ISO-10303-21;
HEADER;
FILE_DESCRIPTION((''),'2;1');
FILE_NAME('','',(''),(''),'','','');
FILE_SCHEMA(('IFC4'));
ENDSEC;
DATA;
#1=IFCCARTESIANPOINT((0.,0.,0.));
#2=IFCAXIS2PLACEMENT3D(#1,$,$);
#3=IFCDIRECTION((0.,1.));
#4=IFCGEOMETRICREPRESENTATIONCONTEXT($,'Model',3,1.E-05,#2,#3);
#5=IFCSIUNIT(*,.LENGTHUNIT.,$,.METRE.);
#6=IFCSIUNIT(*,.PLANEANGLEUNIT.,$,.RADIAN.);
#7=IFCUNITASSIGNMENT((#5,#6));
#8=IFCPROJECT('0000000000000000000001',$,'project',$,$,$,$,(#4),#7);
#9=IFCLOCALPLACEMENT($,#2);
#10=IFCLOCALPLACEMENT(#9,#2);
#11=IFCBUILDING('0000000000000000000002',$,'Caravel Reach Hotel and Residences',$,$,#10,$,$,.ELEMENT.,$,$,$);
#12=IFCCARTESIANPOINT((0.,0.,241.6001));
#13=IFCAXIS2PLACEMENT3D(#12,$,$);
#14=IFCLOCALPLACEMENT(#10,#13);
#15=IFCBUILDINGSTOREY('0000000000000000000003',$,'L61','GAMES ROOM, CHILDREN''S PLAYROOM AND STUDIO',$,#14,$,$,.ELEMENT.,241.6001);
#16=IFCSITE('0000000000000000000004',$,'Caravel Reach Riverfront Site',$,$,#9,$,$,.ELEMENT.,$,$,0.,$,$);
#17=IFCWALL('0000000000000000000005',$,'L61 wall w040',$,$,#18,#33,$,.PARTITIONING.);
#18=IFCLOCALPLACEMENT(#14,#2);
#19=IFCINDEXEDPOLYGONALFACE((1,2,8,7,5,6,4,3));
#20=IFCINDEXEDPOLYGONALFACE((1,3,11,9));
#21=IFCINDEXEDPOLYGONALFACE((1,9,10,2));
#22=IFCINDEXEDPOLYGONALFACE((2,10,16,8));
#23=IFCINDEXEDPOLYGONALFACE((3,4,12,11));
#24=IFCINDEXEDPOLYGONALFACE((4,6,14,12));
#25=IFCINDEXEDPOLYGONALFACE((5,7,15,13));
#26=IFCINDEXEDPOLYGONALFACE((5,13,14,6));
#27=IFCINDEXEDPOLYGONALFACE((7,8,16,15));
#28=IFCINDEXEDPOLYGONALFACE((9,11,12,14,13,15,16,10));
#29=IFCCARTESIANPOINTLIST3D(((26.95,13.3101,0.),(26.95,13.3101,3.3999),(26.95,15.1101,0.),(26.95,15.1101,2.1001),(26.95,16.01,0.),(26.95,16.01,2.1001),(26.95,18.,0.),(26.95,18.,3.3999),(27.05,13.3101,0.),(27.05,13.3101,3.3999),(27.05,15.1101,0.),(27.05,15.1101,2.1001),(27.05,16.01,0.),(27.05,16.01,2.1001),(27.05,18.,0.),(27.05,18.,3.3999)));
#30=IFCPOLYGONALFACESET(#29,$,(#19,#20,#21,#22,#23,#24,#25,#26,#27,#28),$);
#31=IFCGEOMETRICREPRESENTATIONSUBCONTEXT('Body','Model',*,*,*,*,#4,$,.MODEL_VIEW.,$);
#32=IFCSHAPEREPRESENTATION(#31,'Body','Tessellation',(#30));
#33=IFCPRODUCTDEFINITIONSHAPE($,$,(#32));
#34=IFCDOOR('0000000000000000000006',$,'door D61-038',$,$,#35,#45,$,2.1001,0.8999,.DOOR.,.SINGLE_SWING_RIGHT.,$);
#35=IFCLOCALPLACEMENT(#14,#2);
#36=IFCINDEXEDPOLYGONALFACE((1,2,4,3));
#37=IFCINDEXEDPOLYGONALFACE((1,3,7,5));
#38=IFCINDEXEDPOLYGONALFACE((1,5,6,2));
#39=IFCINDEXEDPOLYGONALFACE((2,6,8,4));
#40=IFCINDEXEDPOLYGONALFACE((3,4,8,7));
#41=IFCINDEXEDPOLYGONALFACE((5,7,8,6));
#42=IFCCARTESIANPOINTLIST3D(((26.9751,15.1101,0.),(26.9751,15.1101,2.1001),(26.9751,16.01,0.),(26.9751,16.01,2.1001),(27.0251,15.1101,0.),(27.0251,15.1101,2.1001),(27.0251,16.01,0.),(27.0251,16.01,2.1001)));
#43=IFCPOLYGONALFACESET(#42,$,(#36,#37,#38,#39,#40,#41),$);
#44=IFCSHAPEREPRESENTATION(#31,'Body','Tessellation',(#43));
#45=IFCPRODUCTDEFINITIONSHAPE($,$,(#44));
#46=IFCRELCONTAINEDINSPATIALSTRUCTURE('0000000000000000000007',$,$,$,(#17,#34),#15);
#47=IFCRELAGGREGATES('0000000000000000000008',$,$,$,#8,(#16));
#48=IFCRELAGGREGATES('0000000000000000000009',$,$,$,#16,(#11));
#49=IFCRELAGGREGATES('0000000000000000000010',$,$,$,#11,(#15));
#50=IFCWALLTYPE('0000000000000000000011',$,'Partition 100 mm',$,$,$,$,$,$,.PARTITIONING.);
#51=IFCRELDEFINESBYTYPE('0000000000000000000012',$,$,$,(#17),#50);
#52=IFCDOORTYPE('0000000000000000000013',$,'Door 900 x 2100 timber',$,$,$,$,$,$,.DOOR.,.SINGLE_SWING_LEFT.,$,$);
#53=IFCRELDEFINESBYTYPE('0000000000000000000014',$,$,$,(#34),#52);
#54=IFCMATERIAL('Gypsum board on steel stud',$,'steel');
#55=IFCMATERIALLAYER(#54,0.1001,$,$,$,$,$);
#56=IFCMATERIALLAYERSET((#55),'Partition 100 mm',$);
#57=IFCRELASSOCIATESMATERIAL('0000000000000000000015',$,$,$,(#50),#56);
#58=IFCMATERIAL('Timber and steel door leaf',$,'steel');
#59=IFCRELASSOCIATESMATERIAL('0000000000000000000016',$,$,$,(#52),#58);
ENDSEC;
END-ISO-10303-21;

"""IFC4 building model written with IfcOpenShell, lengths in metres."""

from ifc_helpers import new_model, si_unit, direction, frame, frame_2d, origin, place, context, subcontext, project, spatial, rectangle, extrude, material, layer, layer_set, type_object, element, fill, save


model = new_model("IFC4")

# Units and contexts
model_context = context("Model", 3, precision=1e-05, world=origin(), true_north=direction((0.0, 1.0)))
body_context = subcontext(model_context, "Body", "Model", "MODEL_VIEW")
ifc_project = project(units=[si_unit("LENGTHUNIT", "METRE"), si_unit("PLANEANGLEUNIT", "RADIAN")], contexts=[model_context])

# Site, building, storey
site_placement = place(None, origin())
site = spatial("IfcSite", under=ifc_project, at=site_placement, Name="Caravel Reach Riverfront Site", CompositionType="ELEMENT", RefElevation=0.0)
building_placement = place(site_placement, origin())
building = spatial("IfcBuilding", under=site, at=building_placement, Name="Caravel Reach Hotel and Residences", CompositionType="ELEMENT")
storey_placement = place(building_placement, frame((0.0, 0.0, 241.6001)))
storey = spatial("IfcBuildingStorey", under=building, at=storey_placement, Name="L61", Description="GAMES ROOM, CHILDREN'S PLAYROOM AND STUDIO", CompositionType="ELEMENT", Elevation=241.6001)

# Shared definitions
ifc_material_1 = material(Name="Gypsum board on steel stud", Category="steel")
ifc_layer_1 = layer(ifc_material_1, 0.1001)
ifc_layer_set_1 = layer_set([ifc_layer_1], Name="Partition 100 mm")
wall_type_1 = type_object("IfcWallType", Name="Partition 100 mm", PredefinedType="PARTITIONING", material=ifc_layer_set_1)

# Wall, opening, door
ifc_material_2 = material(Name="Timber and steel door leaf", Category="steel")
door_type = type_object("IfcDoorType", Name="Door 900 x 2100 timber", OperationType="SINGLE_SWING_LEFT", PredefinedType="DOOR", material=ifc_material_2)
wall_1_placement = place(storey_placement, frame((27.0, 13.3101, 0.0), z_axis=(0.0, 0.0, 1.0), x_axis=(0.0, 1.0, 0.0)))
wall_1 = element("IfcWall", 1, at=wall_1_placement, inside=storey, type_object=wall_type_1, Name="L61 wall w040", PredefinedType="PARTITIONING", context=body_context, shape_type="SweptSolid", body=[
    extrude(rectangle(XDim=4.6899, YDim=0.1001, at=frame_2d((2.345, 0.0))), origin(), (0.0, 0.0, 1.0), 3.3999),
])
opening_1_placement = place(wall_1_placement, frame((1.8, 0.0, 0.0)))
opening_1 = element("IfcOpeningElement", 2, at=opening_1_placement, cuts=wall_1, PredefinedType="OPENING", context=body_context, shape_type="SweptSolid", body=[
    extrude(rectangle(XDim=0.8999, YDim=2.1001, at=frame_2d((0.45, 1.05))), frame((0.0, 0.0601, 0.0), z_axis=(0.0, -1.0, 0.0), x_axis=(1.0, 0.0, 0.0)), (0.0, 0.0, 1.0), 0.1201),
])
door_1_placement = place(opening_1_placement, origin())
door_1 = element("IfcDoor", 3, at=door_1_placement, inside=storey, type_object=door_type, Name="door D61-038", OperationType="SINGLE_SWING_RIGHT", OverallHeight=2.1001, OverallWidth=0.8999, PredefinedType="DOOR", context=body_context, shape_type="SweptSolid", body=[
    extrude(rectangle(XDim=0.8999, YDim=2.1001, at=frame_2d((0.45, 1.05))), frame((0.0, 0.0249, 0.0), z_axis=(0.0, -1.0, 0.0), x_axis=(1.0, 0.0, 0.0)), (0.0, 0.0, 1.0), 0.05),
])
fill(opening_1, door_1)

save(model, "model.ifc")
